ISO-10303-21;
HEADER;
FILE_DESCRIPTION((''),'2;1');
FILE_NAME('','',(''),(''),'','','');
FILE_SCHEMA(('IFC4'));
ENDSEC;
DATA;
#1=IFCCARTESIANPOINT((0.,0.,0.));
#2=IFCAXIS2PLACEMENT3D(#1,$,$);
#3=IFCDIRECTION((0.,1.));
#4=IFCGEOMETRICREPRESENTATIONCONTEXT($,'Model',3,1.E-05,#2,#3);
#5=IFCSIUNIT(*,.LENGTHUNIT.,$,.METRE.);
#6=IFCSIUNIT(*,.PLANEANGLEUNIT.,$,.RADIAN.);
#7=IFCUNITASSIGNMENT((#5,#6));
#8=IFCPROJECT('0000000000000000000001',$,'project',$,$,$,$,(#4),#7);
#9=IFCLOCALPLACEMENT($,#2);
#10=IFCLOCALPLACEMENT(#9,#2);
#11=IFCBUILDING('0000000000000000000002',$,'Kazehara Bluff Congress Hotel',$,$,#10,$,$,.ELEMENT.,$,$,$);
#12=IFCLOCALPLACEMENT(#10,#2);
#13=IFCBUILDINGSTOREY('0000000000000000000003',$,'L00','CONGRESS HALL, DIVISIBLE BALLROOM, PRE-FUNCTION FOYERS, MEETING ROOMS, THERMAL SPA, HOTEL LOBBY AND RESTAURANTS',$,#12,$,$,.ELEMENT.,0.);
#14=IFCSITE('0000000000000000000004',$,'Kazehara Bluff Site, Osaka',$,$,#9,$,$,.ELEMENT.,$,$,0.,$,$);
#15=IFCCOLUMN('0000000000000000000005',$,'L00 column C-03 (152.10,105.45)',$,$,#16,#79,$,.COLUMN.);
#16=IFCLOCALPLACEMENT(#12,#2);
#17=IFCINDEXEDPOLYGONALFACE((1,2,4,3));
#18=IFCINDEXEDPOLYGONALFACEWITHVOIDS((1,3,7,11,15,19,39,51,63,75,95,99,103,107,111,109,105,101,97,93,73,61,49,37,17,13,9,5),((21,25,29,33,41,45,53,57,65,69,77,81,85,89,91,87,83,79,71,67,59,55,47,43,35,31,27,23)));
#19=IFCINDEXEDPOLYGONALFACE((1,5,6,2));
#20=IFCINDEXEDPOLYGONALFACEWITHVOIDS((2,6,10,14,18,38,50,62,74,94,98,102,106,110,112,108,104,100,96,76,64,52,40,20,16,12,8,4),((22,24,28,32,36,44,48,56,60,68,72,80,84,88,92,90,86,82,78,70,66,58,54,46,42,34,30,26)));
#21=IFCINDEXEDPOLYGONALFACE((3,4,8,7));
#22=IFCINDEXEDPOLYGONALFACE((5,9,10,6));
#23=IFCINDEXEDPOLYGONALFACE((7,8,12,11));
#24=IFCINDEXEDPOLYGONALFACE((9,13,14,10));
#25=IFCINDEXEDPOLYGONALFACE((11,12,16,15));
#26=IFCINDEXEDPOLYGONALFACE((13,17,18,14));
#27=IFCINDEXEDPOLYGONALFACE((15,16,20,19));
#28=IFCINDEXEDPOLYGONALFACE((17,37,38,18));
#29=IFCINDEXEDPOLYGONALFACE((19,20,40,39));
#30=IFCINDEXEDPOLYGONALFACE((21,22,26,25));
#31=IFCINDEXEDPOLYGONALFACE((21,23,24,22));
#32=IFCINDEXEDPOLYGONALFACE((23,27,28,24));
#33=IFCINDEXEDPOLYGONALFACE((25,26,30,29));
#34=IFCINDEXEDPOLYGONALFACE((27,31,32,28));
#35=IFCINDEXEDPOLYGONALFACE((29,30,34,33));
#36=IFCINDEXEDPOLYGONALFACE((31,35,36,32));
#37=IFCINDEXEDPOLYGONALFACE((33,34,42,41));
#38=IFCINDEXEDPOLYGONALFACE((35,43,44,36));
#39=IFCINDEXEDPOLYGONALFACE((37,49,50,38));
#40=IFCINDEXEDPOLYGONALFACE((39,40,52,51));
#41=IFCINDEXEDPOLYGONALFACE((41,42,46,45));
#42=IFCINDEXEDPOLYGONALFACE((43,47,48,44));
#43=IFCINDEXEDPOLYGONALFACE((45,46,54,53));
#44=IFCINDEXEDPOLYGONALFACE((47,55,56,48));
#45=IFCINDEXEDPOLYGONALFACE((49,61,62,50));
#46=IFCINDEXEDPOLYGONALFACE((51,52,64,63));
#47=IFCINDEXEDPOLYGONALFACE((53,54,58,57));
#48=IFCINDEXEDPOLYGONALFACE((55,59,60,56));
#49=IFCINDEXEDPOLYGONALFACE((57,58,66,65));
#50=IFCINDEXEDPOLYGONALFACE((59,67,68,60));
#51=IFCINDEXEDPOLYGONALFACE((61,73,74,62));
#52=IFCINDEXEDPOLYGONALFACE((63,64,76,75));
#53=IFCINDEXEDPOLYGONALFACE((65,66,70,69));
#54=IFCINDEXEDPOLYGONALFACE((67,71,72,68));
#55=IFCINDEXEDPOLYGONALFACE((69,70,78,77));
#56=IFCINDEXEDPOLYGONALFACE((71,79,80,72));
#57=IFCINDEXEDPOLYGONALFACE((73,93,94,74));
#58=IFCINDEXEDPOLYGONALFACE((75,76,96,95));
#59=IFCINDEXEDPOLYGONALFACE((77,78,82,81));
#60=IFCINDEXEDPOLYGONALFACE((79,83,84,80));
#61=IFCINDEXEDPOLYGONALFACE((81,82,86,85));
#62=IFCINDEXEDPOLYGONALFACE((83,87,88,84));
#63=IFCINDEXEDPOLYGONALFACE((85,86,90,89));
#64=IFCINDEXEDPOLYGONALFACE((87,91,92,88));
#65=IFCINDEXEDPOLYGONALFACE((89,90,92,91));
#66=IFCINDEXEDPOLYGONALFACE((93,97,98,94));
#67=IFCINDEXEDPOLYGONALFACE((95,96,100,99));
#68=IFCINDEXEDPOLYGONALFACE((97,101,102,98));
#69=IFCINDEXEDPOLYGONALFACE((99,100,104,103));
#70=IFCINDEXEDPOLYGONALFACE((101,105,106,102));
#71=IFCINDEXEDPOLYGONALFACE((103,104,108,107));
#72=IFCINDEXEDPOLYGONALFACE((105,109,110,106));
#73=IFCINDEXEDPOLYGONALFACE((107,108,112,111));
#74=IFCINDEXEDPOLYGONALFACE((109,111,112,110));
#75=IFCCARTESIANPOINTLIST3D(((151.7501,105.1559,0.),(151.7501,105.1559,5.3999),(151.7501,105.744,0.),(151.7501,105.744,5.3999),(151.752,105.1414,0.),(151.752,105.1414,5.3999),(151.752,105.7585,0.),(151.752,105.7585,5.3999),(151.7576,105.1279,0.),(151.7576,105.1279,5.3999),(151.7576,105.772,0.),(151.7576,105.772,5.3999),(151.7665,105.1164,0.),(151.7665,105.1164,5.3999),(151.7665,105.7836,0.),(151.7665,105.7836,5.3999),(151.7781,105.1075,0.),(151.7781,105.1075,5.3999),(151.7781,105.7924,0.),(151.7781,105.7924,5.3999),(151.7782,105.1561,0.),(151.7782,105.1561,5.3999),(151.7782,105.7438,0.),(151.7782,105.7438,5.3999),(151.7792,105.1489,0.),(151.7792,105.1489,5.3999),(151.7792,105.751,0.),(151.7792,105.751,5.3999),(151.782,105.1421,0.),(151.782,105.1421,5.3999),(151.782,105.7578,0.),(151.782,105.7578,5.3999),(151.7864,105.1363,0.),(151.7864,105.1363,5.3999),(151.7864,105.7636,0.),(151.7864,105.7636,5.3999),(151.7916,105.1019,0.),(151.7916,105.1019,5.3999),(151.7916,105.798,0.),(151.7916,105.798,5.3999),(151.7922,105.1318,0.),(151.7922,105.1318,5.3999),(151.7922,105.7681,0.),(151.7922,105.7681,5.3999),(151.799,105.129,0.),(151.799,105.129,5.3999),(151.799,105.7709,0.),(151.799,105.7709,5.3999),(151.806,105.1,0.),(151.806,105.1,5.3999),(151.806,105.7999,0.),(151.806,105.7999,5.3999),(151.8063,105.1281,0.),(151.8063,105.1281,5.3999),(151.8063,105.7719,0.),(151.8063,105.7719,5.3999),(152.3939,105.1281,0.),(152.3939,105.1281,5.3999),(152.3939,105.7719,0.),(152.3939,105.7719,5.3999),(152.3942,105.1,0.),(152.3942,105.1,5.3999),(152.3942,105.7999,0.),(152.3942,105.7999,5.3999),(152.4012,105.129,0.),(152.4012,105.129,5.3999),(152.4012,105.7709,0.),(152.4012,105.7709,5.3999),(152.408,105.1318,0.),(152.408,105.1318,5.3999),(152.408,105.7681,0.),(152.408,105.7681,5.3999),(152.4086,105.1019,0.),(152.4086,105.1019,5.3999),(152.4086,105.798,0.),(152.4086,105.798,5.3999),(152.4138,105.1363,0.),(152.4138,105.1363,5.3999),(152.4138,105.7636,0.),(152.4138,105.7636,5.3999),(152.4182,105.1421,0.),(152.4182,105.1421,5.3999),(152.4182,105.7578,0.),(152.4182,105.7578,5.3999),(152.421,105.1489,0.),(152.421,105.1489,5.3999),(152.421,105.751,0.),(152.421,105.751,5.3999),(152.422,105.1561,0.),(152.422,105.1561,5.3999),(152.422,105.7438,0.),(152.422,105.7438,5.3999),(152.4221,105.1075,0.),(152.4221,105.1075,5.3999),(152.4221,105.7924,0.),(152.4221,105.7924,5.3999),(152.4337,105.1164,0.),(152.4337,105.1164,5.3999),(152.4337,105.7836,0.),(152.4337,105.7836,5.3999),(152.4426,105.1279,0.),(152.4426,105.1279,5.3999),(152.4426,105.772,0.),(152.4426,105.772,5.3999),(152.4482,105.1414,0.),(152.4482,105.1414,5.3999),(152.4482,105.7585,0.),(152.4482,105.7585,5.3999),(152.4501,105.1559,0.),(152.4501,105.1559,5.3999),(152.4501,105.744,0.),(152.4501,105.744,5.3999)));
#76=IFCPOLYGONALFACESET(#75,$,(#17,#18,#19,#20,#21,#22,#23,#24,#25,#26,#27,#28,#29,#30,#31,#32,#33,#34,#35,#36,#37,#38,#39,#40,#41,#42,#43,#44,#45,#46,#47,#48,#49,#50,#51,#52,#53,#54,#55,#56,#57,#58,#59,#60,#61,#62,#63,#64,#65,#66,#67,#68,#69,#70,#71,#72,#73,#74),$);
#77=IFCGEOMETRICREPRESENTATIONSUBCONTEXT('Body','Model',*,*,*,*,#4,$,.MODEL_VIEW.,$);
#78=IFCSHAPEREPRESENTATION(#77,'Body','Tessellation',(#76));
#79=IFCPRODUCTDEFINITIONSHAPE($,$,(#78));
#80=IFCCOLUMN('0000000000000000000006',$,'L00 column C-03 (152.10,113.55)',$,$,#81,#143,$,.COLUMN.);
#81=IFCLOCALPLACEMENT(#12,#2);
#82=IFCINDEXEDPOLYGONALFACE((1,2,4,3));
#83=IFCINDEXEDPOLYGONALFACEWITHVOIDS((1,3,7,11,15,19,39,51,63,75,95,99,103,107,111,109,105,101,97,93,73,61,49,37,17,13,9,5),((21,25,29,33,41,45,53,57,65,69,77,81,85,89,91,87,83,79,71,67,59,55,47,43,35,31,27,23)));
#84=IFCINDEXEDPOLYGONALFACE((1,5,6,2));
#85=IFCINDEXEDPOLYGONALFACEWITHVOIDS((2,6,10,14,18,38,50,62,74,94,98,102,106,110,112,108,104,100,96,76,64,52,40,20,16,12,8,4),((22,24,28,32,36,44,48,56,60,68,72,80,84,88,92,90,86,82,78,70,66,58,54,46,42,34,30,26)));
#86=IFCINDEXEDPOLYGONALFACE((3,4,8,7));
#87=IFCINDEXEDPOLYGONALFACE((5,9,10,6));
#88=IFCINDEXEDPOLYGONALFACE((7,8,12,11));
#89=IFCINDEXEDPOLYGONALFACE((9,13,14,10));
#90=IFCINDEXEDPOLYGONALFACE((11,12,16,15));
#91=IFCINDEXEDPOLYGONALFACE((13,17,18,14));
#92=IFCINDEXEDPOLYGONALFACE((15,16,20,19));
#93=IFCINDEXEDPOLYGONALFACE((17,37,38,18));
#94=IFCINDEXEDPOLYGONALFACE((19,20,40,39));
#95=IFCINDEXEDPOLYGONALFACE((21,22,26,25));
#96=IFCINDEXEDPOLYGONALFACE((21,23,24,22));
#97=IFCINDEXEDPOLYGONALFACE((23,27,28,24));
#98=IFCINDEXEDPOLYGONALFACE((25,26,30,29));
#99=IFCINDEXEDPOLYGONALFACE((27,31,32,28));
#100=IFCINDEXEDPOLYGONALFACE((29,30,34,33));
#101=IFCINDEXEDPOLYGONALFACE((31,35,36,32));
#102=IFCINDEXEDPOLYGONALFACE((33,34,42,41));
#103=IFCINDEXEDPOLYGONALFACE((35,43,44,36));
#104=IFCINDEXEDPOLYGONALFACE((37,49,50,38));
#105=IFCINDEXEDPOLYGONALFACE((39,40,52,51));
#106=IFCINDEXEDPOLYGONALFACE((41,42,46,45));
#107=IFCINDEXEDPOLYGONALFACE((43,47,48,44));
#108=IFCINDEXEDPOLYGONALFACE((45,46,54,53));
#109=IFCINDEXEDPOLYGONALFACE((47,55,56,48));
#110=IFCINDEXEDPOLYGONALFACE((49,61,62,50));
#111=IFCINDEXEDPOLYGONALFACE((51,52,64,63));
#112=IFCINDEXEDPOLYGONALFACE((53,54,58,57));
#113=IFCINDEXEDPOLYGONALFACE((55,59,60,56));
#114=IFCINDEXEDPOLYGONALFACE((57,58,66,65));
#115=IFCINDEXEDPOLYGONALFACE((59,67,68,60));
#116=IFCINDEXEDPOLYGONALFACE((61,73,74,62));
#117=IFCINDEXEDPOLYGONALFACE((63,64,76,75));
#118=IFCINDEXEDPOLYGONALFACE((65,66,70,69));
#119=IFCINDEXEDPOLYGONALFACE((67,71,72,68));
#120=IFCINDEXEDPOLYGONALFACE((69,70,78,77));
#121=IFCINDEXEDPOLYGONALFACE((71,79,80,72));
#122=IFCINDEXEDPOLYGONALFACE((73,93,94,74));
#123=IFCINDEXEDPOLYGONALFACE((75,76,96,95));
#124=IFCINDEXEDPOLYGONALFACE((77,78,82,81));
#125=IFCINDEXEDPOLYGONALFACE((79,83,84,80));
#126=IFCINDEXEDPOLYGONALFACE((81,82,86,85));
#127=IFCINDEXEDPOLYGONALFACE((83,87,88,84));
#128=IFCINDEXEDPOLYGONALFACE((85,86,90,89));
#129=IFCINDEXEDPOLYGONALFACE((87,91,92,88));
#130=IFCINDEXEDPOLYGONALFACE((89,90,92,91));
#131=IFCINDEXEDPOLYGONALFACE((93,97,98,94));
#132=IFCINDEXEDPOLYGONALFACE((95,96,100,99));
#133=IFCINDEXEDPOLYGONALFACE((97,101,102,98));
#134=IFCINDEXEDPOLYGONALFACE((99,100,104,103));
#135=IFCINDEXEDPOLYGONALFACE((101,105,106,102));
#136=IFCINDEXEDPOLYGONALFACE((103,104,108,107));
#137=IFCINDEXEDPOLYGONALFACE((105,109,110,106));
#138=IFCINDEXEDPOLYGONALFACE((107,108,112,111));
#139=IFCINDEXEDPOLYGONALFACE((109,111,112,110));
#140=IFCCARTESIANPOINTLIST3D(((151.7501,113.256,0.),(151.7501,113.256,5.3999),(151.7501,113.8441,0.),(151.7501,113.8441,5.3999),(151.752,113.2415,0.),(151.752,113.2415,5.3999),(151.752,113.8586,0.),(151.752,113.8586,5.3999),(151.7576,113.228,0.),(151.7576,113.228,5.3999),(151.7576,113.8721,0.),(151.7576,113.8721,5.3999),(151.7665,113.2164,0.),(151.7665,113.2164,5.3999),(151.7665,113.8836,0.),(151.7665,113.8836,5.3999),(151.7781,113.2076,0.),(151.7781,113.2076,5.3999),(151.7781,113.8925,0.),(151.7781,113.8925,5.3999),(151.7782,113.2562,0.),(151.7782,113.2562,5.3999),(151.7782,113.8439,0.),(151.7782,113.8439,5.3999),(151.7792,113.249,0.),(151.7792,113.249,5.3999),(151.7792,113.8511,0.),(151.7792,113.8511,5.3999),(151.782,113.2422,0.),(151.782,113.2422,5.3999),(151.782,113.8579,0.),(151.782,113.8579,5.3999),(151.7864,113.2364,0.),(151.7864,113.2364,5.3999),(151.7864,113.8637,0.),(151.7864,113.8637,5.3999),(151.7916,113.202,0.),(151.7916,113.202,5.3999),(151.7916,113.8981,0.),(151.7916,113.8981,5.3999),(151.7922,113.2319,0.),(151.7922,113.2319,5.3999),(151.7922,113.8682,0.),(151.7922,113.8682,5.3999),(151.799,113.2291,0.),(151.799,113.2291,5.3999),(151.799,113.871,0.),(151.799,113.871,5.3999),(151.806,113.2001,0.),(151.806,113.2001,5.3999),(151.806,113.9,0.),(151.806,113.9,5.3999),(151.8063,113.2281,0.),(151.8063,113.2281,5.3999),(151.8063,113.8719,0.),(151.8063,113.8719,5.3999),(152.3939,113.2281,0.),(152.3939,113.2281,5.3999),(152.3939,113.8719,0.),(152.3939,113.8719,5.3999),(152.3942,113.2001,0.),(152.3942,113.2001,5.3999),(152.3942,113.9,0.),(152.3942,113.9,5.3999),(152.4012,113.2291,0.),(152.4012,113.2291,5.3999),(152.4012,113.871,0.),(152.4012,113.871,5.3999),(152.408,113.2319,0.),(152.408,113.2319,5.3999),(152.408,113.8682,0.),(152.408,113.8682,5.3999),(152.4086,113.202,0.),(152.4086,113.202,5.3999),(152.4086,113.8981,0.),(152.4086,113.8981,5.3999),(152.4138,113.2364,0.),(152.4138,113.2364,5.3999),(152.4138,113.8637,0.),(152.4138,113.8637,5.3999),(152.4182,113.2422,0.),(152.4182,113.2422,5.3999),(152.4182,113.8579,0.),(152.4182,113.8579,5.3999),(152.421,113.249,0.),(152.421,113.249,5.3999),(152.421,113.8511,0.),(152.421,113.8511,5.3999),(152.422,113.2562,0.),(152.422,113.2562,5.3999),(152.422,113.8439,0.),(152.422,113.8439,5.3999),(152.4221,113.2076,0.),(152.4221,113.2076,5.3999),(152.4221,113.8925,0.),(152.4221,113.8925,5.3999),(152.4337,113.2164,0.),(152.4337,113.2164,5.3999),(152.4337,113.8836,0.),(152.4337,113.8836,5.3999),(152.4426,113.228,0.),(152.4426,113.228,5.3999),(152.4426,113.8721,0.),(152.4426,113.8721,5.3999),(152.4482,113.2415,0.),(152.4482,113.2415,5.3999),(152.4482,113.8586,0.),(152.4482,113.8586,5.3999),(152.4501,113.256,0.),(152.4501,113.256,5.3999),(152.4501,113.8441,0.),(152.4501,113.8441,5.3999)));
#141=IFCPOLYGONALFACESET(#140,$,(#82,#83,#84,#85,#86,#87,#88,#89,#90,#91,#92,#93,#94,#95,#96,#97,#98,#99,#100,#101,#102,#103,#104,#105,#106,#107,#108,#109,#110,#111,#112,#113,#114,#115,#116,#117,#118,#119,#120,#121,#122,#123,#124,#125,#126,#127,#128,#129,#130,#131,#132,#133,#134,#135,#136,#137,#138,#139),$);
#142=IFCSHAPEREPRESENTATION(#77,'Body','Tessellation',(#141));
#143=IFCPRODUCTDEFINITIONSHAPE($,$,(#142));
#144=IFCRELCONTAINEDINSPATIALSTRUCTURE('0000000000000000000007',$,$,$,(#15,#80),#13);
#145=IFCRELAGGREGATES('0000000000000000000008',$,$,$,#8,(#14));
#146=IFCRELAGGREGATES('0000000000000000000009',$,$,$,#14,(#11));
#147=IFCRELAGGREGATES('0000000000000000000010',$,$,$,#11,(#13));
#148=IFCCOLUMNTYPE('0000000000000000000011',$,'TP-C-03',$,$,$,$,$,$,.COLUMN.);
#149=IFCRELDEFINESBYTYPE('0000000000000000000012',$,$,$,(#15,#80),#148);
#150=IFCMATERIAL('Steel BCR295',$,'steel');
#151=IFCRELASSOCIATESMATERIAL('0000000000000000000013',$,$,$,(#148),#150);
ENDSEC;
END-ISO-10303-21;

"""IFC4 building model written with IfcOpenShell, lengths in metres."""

from ifc_helpers import new_model, si_unit, direction, frame, origin, origin_2d, place, context, subcontext, project, spatial, hollow_rectangle, extrude, material, material_profile, profile_set, type_object, element, save


model = new_model("IFC4")

# Units and contexts
model_context = context("Model", 3, precision=1e-05, world=origin(), true_north=direction((0.0, 1.0)))
body_context = subcontext(model_context, "Body", "Model", "MODEL_VIEW")
ifc_project = project(units=[si_unit("LENGTHUNIT", "METRE"), si_unit("PLANEANGLEUNIT", "RADIAN")], contexts=[model_context])

# Site, building, storey
site_placement = place(None, origin())
site = spatial("IfcSite", under=ifc_project, at=site_placement, Name="Kazehara Bluff Site, Osaka", CompositionType="ELEMENT", RefElevation=0.0)
building_placement = place(site_placement, origin())
building = spatial("IfcBuilding", under=site, at=building_placement, Name="Kazehara Bluff Congress Hotel", CompositionType="ELEMENT")
storey_placement = place(building_placement, origin())
storey = spatial("IfcBuildingStorey", under=building, at=storey_placement, Name="L00", Description="CONGRESS HALL, DIVISIBLE BALLROOM, PRE-FUNCTION FOYERS, MEETING ROOMS, THERMAL SPA, HOTEL LOBBY AND RESTAURANTS", CompositionType="ELEMENT", Elevation=0.0)

# Columns
ifc_material_1 = material(Name="Steel BCR295", Category="steel")
ifc_material_profile_1 = material_profile(ifc_material_1, hollow_rectangle(XDim=0.7, YDim=0.7, WallThickness=0.0281, InnerFilletRadius=0.0281, OuterFilletRadius=0.0559, at=origin_2d()))
ifc_profile_set_1 = profile_set([ifc_material_profile_1], Name="Steel BCR295")
column_type = type_object("IfcColumnType", Name="TP-C-03", PredefinedType="COLUMN", material=ifc_profile_set_1)
for number, where, z_axis, x_axis, name in (
    (1, (152.1001, 105.45, 0.0), (0.0, 0.0, 1.0), (1.0, 0.0, 0.0), "L00 column C-03 (152.10,105.45)"),
    (2, (152.1001, 113.55, 0.0), (0.0, 0.0, 1.0), (1.0, 0.0, 0.0), "L00 column C-03 (152.10,113.55)"),
):
    element("IfcColumn", number, at=place(storey_placement, frame(where, z_axis=z_axis, x_axis=x_axis)), inside=storey, type_object=column_type, Name=name, PredefinedType="COLUMN", context=body_context, shape_type="SweptSolid", body=[
        extrude(hollow_rectangle(XDim=0.7, YDim=0.7, WallThickness=0.0281, InnerFilletRadius=0.0281, OuterFilletRadius=0.0559, at=origin_2d()), origin(), (0.0, 0.0, 1.0), 5.3999),
    ])

save(model, "model.ifc")
